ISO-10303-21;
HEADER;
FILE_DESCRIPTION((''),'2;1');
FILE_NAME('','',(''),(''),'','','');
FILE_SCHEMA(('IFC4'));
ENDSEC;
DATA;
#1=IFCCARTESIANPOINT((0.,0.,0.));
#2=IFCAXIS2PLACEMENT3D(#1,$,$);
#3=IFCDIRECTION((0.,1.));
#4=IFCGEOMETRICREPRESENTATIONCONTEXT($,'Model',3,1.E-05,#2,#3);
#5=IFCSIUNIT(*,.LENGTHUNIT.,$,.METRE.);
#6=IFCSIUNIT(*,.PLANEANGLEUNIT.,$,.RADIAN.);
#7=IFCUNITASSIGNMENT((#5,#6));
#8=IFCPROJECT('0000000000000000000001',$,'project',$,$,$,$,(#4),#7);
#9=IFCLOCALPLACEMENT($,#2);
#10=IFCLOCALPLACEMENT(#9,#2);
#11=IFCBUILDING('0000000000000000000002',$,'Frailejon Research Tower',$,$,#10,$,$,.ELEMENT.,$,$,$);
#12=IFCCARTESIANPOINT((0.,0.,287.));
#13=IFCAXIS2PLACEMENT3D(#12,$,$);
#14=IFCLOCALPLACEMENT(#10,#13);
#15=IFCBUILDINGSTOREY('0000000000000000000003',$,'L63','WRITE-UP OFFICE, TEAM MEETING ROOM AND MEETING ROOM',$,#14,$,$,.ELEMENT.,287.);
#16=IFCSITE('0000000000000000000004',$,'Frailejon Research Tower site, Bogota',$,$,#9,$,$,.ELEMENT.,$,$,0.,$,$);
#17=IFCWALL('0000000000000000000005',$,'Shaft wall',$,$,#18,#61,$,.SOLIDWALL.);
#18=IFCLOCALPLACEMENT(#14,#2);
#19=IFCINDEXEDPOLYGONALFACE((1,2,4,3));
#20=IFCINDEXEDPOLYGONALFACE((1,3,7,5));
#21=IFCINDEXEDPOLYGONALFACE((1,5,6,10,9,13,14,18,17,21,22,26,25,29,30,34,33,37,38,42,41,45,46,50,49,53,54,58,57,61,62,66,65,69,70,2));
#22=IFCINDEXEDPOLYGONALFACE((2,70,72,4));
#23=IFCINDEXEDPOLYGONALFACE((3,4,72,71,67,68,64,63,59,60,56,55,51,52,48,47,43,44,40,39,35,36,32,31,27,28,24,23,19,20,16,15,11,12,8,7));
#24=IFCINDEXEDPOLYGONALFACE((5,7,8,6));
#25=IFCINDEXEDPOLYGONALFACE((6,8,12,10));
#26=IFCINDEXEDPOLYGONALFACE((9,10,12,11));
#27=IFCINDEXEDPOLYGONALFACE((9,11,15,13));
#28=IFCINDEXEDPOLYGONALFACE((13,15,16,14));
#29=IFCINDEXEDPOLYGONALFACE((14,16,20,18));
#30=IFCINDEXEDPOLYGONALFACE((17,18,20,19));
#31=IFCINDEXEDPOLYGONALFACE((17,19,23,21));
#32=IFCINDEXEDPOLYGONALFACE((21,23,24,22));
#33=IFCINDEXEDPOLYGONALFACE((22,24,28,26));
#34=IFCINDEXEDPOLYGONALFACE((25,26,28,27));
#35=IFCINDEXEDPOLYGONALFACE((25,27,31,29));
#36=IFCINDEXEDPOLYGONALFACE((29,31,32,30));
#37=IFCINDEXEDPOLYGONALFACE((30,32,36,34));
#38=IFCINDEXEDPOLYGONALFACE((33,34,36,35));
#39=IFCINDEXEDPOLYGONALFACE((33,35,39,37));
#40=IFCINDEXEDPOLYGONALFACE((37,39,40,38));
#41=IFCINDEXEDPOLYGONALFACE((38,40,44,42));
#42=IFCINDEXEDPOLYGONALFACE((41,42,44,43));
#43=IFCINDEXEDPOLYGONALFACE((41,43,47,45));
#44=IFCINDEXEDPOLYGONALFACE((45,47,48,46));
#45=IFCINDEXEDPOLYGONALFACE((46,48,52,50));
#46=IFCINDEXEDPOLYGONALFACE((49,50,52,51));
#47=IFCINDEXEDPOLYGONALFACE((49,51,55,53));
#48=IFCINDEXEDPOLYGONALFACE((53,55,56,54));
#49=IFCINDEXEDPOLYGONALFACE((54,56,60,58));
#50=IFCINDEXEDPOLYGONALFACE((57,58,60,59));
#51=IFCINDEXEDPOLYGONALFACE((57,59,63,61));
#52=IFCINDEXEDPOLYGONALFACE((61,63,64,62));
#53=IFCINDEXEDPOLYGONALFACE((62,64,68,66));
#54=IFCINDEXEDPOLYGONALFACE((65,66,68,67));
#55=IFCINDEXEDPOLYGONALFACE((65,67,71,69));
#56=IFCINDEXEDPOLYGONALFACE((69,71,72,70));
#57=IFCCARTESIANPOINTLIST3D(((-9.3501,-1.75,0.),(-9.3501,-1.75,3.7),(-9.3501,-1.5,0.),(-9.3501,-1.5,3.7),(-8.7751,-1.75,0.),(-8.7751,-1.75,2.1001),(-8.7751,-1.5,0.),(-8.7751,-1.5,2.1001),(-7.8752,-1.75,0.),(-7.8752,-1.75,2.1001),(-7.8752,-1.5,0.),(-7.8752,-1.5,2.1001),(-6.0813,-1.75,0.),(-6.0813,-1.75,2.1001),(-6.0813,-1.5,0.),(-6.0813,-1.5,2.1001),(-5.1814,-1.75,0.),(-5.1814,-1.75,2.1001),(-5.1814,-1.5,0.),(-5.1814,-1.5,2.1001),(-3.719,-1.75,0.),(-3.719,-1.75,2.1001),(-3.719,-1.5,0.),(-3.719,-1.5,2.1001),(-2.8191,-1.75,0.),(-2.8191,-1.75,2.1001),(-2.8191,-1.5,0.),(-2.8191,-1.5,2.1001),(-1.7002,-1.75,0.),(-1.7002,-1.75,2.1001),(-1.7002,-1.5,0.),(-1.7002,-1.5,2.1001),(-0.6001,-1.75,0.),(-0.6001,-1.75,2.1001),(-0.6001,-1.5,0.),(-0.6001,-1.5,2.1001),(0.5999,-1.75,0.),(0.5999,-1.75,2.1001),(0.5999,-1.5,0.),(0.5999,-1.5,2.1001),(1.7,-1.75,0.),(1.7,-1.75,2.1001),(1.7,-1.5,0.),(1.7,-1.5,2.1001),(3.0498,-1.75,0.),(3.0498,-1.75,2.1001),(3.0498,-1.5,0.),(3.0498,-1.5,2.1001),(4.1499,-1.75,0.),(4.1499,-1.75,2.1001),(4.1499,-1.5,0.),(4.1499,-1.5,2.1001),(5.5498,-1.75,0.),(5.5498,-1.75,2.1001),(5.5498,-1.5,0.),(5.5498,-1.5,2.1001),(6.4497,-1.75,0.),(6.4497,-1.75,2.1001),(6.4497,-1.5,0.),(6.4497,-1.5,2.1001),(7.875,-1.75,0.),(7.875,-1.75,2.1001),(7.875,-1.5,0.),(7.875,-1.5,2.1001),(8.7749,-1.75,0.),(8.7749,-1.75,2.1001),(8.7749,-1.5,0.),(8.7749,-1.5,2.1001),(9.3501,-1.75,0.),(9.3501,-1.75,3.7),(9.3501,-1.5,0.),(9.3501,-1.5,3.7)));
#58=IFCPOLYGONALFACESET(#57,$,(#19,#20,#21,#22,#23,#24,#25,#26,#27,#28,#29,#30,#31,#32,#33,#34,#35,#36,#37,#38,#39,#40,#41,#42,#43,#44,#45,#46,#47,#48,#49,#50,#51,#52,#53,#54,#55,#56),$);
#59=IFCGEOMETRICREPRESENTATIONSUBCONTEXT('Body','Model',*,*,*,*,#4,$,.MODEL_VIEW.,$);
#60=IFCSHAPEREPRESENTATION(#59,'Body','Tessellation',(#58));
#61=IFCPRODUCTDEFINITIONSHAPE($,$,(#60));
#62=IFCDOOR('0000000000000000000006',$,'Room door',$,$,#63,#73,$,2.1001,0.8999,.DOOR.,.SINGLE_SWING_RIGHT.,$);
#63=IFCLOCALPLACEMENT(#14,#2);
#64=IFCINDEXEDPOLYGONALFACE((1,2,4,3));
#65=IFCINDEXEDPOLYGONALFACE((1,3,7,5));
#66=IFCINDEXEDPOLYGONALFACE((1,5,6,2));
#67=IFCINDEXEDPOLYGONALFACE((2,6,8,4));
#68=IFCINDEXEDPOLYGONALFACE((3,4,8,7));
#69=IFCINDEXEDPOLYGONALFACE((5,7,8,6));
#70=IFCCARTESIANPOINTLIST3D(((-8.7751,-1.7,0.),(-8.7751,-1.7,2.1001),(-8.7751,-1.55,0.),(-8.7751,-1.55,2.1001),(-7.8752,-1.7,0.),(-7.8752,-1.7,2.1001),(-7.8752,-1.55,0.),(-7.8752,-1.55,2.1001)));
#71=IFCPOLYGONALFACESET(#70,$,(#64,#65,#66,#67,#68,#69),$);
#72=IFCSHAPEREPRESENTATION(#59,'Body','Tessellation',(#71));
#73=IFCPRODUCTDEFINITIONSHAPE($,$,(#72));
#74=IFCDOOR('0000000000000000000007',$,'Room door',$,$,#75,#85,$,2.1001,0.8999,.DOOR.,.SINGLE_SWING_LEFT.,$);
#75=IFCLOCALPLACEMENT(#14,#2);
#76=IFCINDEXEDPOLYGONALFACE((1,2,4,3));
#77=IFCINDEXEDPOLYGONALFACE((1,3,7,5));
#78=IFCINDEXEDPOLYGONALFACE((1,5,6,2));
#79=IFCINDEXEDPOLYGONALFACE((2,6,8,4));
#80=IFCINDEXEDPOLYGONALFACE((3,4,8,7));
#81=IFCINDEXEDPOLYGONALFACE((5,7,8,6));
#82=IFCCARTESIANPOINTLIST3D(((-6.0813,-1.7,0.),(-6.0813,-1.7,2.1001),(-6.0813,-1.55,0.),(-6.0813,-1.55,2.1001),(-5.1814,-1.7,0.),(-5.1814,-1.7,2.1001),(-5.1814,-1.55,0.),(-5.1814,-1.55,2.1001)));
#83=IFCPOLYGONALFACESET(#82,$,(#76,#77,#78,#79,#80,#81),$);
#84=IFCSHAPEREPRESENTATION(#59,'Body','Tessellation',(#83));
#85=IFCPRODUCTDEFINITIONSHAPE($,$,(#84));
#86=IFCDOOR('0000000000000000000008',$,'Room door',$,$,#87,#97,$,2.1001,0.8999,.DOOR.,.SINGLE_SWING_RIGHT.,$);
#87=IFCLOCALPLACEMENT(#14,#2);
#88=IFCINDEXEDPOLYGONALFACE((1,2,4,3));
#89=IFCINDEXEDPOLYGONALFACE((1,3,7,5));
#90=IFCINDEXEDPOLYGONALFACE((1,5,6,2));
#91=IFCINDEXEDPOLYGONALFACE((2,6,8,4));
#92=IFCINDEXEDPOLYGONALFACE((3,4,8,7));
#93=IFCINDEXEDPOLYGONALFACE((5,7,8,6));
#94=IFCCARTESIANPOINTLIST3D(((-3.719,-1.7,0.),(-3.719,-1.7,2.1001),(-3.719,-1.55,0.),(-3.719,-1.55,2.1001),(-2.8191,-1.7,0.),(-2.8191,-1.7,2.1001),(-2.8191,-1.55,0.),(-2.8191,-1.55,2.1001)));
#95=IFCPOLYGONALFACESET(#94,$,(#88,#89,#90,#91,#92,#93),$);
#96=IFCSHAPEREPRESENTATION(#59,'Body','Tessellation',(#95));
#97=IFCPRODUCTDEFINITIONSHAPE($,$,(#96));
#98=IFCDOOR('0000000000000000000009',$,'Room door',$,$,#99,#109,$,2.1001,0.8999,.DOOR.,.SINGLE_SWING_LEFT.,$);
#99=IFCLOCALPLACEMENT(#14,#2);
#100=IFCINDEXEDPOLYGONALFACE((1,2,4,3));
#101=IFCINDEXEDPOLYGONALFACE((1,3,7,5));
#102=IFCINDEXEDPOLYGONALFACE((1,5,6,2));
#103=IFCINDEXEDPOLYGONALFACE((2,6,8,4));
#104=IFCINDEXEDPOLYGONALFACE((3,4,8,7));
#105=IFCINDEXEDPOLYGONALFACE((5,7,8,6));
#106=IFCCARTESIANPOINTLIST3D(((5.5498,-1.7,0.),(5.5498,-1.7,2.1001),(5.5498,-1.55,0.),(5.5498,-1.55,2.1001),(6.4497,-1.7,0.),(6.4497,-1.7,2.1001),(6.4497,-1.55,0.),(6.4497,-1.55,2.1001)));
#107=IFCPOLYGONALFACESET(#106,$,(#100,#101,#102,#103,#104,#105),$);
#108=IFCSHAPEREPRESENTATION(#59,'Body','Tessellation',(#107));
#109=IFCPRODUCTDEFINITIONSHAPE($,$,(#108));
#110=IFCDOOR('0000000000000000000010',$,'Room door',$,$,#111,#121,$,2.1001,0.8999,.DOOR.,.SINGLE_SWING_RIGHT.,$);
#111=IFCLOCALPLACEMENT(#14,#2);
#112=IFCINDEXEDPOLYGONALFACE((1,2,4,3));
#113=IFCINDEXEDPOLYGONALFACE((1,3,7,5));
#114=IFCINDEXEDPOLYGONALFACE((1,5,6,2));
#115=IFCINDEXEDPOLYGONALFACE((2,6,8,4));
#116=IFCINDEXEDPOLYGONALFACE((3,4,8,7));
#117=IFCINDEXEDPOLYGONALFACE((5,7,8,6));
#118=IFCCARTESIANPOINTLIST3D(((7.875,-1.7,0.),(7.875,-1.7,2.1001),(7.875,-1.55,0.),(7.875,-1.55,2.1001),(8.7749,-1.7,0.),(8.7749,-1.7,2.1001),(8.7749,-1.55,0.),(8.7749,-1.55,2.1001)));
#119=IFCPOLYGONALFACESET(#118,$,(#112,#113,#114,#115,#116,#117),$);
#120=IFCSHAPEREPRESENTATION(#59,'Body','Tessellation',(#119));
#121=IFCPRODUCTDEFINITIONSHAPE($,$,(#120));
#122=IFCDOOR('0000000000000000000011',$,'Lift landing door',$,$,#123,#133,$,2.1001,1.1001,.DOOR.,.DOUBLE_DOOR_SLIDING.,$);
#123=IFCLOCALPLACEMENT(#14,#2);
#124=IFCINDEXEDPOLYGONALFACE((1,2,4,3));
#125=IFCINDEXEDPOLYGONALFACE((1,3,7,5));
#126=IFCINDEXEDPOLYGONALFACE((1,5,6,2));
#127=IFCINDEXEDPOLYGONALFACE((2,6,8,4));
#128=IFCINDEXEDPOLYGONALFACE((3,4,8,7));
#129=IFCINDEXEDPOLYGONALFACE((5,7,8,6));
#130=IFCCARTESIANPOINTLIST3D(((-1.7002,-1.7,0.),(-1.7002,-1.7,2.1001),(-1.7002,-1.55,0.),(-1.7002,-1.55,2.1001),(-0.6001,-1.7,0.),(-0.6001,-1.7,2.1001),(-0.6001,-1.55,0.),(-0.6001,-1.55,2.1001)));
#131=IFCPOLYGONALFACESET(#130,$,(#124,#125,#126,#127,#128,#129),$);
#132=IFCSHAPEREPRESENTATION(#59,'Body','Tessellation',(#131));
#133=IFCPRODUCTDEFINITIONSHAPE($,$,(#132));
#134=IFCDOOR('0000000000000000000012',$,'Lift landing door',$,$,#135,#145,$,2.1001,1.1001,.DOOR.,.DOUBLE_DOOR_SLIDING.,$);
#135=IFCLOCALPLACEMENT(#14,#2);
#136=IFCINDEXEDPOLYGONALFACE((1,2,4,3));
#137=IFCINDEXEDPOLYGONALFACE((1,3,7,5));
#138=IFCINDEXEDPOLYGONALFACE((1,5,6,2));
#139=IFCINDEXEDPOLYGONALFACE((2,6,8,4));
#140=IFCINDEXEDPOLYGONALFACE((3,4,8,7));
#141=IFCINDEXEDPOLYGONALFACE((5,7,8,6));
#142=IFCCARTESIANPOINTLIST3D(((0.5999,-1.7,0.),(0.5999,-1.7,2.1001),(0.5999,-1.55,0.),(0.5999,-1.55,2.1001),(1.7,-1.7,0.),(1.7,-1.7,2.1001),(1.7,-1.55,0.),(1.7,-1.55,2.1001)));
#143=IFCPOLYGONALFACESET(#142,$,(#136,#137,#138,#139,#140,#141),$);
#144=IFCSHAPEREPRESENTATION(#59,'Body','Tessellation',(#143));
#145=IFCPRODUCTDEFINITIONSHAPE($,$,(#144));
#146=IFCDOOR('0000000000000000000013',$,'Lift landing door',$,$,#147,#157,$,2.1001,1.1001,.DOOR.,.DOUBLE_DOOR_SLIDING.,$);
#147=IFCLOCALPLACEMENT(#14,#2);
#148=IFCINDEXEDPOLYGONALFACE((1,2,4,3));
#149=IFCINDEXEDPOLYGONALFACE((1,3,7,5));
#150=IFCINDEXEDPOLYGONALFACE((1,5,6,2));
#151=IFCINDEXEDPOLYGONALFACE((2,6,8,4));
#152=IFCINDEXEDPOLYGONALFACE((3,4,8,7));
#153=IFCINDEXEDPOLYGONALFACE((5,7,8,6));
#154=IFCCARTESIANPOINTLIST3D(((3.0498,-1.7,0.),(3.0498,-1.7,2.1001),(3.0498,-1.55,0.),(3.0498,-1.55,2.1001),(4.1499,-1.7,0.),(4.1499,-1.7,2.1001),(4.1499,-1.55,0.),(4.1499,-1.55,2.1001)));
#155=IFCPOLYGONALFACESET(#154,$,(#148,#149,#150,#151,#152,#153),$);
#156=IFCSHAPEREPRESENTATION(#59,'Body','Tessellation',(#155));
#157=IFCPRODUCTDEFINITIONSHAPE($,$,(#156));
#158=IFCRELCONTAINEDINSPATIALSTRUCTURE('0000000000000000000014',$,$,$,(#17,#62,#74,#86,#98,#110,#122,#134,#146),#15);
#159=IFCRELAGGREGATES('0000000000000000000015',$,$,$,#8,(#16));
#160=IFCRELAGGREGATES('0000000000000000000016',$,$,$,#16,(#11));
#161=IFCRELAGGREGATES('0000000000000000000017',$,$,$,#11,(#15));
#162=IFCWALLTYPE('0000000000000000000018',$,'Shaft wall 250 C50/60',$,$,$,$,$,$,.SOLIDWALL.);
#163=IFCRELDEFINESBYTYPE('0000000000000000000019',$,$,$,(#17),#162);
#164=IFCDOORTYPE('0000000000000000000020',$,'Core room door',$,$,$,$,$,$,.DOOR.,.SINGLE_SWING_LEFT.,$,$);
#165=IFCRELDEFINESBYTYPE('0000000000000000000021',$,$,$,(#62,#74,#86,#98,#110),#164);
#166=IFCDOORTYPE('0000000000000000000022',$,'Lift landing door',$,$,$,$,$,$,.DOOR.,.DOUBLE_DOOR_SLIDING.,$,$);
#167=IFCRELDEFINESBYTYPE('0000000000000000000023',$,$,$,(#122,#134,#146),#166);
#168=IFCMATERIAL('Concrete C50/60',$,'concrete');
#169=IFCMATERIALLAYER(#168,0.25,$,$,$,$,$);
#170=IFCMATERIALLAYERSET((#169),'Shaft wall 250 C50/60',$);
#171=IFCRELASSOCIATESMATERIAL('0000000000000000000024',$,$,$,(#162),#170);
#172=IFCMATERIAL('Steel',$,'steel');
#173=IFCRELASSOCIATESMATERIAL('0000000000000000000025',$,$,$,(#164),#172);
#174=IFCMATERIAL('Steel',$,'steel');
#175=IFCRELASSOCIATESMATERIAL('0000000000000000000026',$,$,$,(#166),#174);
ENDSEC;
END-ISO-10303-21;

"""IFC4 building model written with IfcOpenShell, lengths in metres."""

from ifc_helpers import new_model, si_unit, direction, frame, frame_2d, origin, place, context, subcontext, project, spatial, rectangle, extrude, material, layer, layer_set, type_object, element, fill, save


model = new_model("IFC4")

# Units and contexts
model_context = context("Model", 3, precision=1e-05, world=origin(), true_north=direction((0.0, 1.0)))
body_context = subcontext(model_context, "Body", "Model", "MODEL_VIEW")
ifc_project = project(units=[si_unit("LENGTHUNIT", "METRE"), si_unit("PLANEANGLEUNIT", "RADIAN")], contexts=[model_context])

# Site, building, storey
site_placement = place(None, origin())
site = spatial("IfcSite", under=ifc_project, at=site_placement, Name="Frailejon Research Tower site, Bogota", CompositionType="ELEMENT", RefElevation=0.0)
building_placement = place(site_placement, origin())
building = spatial("IfcBuilding", under=site, at=building_placement, Name="Frailejon Research Tower", CompositionType="ELEMENT")
storey_placement = place(building_placement, frame((0.0, 0.0, 287.0)))
storey = spatial("IfcBuildingStorey", under=building, at=storey_placement, Name="L63", Description="WRITE-UP OFFICE, TEAM MEETING ROOM AND MEETING ROOM", CompositionType="ELEMENT", Elevation=287.0)

# Wall, openings, doors
ifc_material_1 = material(Name="Concrete C50/60", Category="concrete")
ifc_layer_1 = layer(ifc_material_1, 0.25)
ifc_layer_set_1 = layer_set([ifc_layer_1], Name="Shaft wall 250 C50/60")
wall_type_1 = type_object("IfcWallType", Name="Shaft wall 250 C50/60", PredefinedType="SOLIDWALL", material=ifc_layer_set_1)
wall_1_placement = place(storey_placement, frame((-9.3501, -1.625, 0.0), z_axis=(0.0, 0.0, 1.0), x_axis=(1.0, 0.0, 0.0)))
wall_1 = element("IfcWall", 1, at=wall_1_placement, inside=storey, type_object=wall_type_1, Name="Shaft wall", PredefinedType="SOLIDWALL", context=body_context, shape_type="SweptSolid", body=[
    extrude(rectangle(XDim=18.7002, YDim=0.25, at=frame_2d((9.3501, 0.0))), origin(), (0.0, 0.0, 1.0), 3.7),
])
opening_1_placement = place(wall_1_placement, frame((7.6499, 0.0, 0.0)))
opening_1 = element("IfcOpeningElement", 2, at=opening_1_placement, cuts=wall_1, PredefinedType="OPENING", context=body_context, shape_type="SweptSolid", body=[
    extrude(rectangle(XDim=1.1001, YDim=2.1001, at=frame_2d((0.55, 1.05))), frame((0.0, 0.135, 0.0), z_axis=(0.0, -1.0, 0.0), x_axis=(1.0, 0.0, 0.0)), (0.0, 0.0, 1.0), 0.27),
])
opening_2_placement = place(wall_1_placement, frame((9.95, 0.0, 0.0)))
opening_2 = element("IfcOpeningElement", 3, at=opening_2_placement, cuts=wall_1, PredefinedType="OPENING", context=body_context, shape_type="SweptSolid", body=[
    extrude(rectangle(XDim=1.1001, YDim=2.1001, at=frame_2d((0.55, 1.05))), frame((0.0, 0.135, 0.0), z_axis=(0.0, -1.0, 0.0), x_axis=(1.0, 0.0, 0.0)), (0.0, 0.0, 1.0), 0.27),
])
opening_3_placement = place(wall_1_placement, frame((12.3999, 0.0, 0.0)))
opening_3 = element("IfcOpeningElement", 4, at=opening_3_placement, cuts=wall_1, PredefinedType="OPENING", context=body_context, shape_type="SweptSolid", body=[
    extrude(rectangle(XDim=1.1001, YDim=2.1001, at=frame_2d((0.55, 1.05))), frame((0.0, 0.135, 0.0), z_axis=(0.0, -1.0, 0.0), x_axis=(1.0, 0.0, 0.0)), (0.0, 0.0, 1.0), 0.27),
])
opening_4_placement = place(wall_1_placement, frame((0.575, 0.0, 0.0)))
opening_4 = element("IfcOpeningElement", 5, at=opening_4_placement, cuts=wall_1, PredefinedType="OPENING", context=body_context, shape_type="SweptSolid", body=[
    extrude(rectangle(XDim=0.8999, YDim=2.1001, at=frame_2d((0.45, 1.05))), frame((0.0, 0.135, 0.0), z_axis=(0.0, -1.0, 0.0), x_axis=(1.0, 0.0, 0.0)), (0.0, 0.0, 1.0), 0.27),
])
opening_5_placement = place(wall_1_placement, frame((3.2688, 0.0, 0.0)))
opening_5 = element("IfcOpeningElement", 6, at=opening_5_placement, cuts=wall_1, PredefinedType="OPENING", context=body_context, shape_type="SweptSolid", body=[
    extrude(rectangle(XDim=0.8999, YDim=2.1001, at=frame_2d((0.45, 1.05))), frame((0.0, 0.135, 0.0), z_axis=(0.0, -1.0, 0.0), x_axis=(1.0, 0.0, 0.0)), (0.0, 0.0, 1.0), 0.27),
])
opening_6_placement = place(wall_1_placement, frame((5.6311, 0.0, 0.0)))
opening_6 = element("IfcOpeningElement", 7, at=opening_6_placement, cuts=wall_1, PredefinedType="OPENING", context=body_context, shape_type="SweptSolid", body=[
    extrude(rectangle(XDim=0.8999, YDim=2.1001, at=frame_2d((0.45, 1.05))), frame((0.0, 0.135, 0.0), z_axis=(0.0, -1.0, 0.0), x_axis=(1.0, 0.0, 0.0)), (0.0, 0.0, 1.0), 0.27),
])
opening_7_placement = place(wall_1_placement, frame((14.8999, 0.0, 0.0)))
opening_7 = element("IfcOpeningElement", 8, at=opening_7_placement, cuts=wall_1, PredefinedType="OPENING", context=body_context, shape_type="SweptSolid", body=[
    extrude(rectangle(XDim=0.8999, YDim=2.1001, at=frame_2d((0.45, 1.05))), frame((0.0, 0.135, 0.0), z_axis=(0.0, -1.0, 0.0), x_axis=(1.0, 0.0, 0.0)), (0.0, 0.0, 1.0), 0.27),
])
opening_8_placement = place(wall_1_placement, frame((17.2251, 0.0, 0.0)))
opening_8 = element("IfcOpeningElement", 9, at=opening_8_placement, cuts=wall_1, PredefinedType="OPENING", context=body_context, shape_type="SweptSolid", body=[
    extrude(rectangle(XDim=0.8999, YDim=2.1001, at=frame_2d((0.45, 1.05))), frame((0.0, 0.135, 0.0), z_axis=(0.0, -1.0, 0.0), x_axis=(1.0, 0.0, 0.0)), (0.0, 0.0, 1.0), 0.27),
])
ifc_material_2 = material(Name="Steel", Category="steel")
door_type_1 = type_object("IfcDoorType", Name="Core room door", OperationType="SINGLE_SWING_LEFT", PredefinedType="DOOR", material=ifc_material_2)
door_1_placement = place(opening_4_placement, origin())
door_1 = element("IfcDoor", 10, at=door_1_placement, inside=storey, type_object=door_type_1, Name="Room door", OperationType="SINGLE_SWING_RIGHT", OverallHeight=2.1001, OverallWidth=0.8999, PredefinedType="DOOR", context=body_context, shape_type="SweptSolid", body=[
    extrude(rectangle(XDim=0.8999, YDim=2.1001, at=frame_2d((0.45, 1.05))), frame((0.0, 0.075, 0.0), z_axis=(0.0, -1.0, 0.0), x_axis=(1.0, 0.0, 0.0)), (0.0, 0.0, 1.0), 0.1499),
])
fill(opening_4, door_1)
door_2_placement = place(opening_5_placement, origin())
door_2 = element("IfcDoor", 11, at=door_2_placement, inside=storey, type_object=door_type_1, Name="Room door", OperationType="SINGLE_SWING_LEFT", OverallHeight=2.1001, OverallWidth=0.8999, PredefinedType="DOOR", context=body_context, shape_type="SweptSolid", body=[
    extrude(rectangle(XDim=0.8999, YDim=2.1001, at=frame_2d((0.45, 1.05))), frame((0.0, 0.075, 0.0), z_axis=(0.0, -1.0, 0.0), x_axis=(1.0, 0.0, 0.0)), (0.0, 0.0, 1.0), 0.1499),
])
fill(opening_5, door_2)
door_3_placement = place(opening_6_placement, origin())
door_3 = element("IfcDoor", 12, at=door_3_placement, inside=storey, type_object=door_type_1, Name="Room door", OperationType="SINGLE_SWING_RIGHT", OverallHeight=2.1001, OverallWidth=0.8999, PredefinedType="DOOR", context=body_context, shape_type="SweptSolid", body=[
    extrude(rectangle(XDim=0.8999, YDim=2.1001, at=frame_2d((0.45, 1.05))), frame((0.0, 0.075, 0.0), z_axis=(0.0, -1.0, 0.0), x_axis=(1.0, 0.0, 0.0)), (0.0, 0.0, 1.0), 0.1499),
])
fill(opening_6, door_3)
door_4_placement = place(opening_7_placement, origin())
door_4 = element("IfcDoor", 13, at=door_4_placement, inside=storey, type_object=door_type_1, Name="Room door", OperationType="SINGLE_SWING_LEFT", OverallHeight=2.1001, OverallWidth=0.8999, PredefinedType="DOOR", context=body_context, shape_type="SweptSolid", body=[
    extrude(rectangle(XDim=0.8999, YDim=2.1001, at=frame_2d((0.45, 1.05))), frame((0.0, 0.075, 0.0), z_axis=(0.0, -1.0, 0.0), x_axis=(1.0, 0.0, 0.0)), (0.0, 0.0, 1.0), 0.1499),
])
fill(opening_7, door_4)
door_5_placement = place(opening_8_placement, origin())
door_5 = element("IfcDoor", 14, at=door_5_placement, inside=storey, type_object=door_type_1, Name="Room door", OperationType="SINGLE_SWING_RIGHT", OverallHeight=2.1001, OverallWidth=0.8999, PredefinedType="DOOR", context=body_context, shape_type="SweptSolid", body=[
    extrude(rectangle(XDim=0.8999, YDim=2.1001, at=frame_2d((0.45, 1.05))), frame((0.0, 0.075, 0.0), z_axis=(0.0, -1.0, 0.0), x_axis=(1.0, 0.0, 0.0)), (0.0, 0.0, 1.0), 0.1499),
])
fill(opening_8, door_5)
ifc_material_3 = material(Name="Steel", Category="steel")
door_type_2 = type_object("IfcDoorType", Name="Lift landing door", OperationType="DOUBLE_DOOR_SLIDING", PredefinedType="DOOR", material=ifc_material_3)
door_6_placement = place(opening_1_placement, origin())
door_6 = element("IfcDoor", 15, at=door_6_placement, inside=storey, type_object=door_type_2, Name="Lift landing door", OperationType="DOUBLE_DOOR_SLIDING", OverallHeight=2.1001, OverallWidth=1.1001, PredefinedType="DOOR", context=body_context, shape_type="SweptSolid", body=[
    extrude(rectangle(XDim=1.1001, YDim=2.1001, at=frame_2d((0.55, 1.05))), frame((0.0, 0.075, 0.0), z_axis=(0.0, -1.0, 0.0), x_axis=(1.0, 0.0, 0.0)), (0.0, 0.0, 1.0), 0.1499),
])
fill(opening_1, door_6)
door_7_placement = place(opening_2_placement, origin())
door_7 = element("IfcDoor", 16, at=door_7_placement, inside=storey, type_object=door_type_2, Name="Lift landing door", OperationType="DOUBLE_DOOR_SLIDING", OverallHeight=2.1001, OverallWidth=1.1001, PredefinedType="DOOR", context=body_context, shape_type="SweptSolid", body=[
    extrude(rectangle(XDim=1.1001, YDim=2.1001, at=frame_2d((0.55, 1.05))), frame((0.0, 0.075, 0.0), z_axis=(0.0, -1.0, 0.0), x_axis=(1.0, 0.0, 0.0)), (0.0, 0.0, 1.0), 0.1499),
])
fill(opening_2, door_7)
door_8_placement = place(opening_3_placement, origin())
door_8 = element("IfcDoor", 17, at=door_8_placement, inside=storey, type_object=door_type_2, Name="Lift landing door", OperationType="DOUBLE_DOOR_SLIDING", OverallHeight=2.1001, OverallWidth=1.1001, PredefinedType="DOOR", context=body_context, shape_type="SweptSolid", body=[
    extrude(rectangle(XDim=1.1001, YDim=2.1001, at=frame_2d((0.55, 1.05))), frame((0.0, 0.075, 0.0), z_axis=(0.0, -1.0, 0.0), x_axis=(1.0, 0.0, 0.0)), (0.0, 0.0, 1.0), 0.1499),
])
fill(opening_3, door_8)

save(model, "model.ifc")
